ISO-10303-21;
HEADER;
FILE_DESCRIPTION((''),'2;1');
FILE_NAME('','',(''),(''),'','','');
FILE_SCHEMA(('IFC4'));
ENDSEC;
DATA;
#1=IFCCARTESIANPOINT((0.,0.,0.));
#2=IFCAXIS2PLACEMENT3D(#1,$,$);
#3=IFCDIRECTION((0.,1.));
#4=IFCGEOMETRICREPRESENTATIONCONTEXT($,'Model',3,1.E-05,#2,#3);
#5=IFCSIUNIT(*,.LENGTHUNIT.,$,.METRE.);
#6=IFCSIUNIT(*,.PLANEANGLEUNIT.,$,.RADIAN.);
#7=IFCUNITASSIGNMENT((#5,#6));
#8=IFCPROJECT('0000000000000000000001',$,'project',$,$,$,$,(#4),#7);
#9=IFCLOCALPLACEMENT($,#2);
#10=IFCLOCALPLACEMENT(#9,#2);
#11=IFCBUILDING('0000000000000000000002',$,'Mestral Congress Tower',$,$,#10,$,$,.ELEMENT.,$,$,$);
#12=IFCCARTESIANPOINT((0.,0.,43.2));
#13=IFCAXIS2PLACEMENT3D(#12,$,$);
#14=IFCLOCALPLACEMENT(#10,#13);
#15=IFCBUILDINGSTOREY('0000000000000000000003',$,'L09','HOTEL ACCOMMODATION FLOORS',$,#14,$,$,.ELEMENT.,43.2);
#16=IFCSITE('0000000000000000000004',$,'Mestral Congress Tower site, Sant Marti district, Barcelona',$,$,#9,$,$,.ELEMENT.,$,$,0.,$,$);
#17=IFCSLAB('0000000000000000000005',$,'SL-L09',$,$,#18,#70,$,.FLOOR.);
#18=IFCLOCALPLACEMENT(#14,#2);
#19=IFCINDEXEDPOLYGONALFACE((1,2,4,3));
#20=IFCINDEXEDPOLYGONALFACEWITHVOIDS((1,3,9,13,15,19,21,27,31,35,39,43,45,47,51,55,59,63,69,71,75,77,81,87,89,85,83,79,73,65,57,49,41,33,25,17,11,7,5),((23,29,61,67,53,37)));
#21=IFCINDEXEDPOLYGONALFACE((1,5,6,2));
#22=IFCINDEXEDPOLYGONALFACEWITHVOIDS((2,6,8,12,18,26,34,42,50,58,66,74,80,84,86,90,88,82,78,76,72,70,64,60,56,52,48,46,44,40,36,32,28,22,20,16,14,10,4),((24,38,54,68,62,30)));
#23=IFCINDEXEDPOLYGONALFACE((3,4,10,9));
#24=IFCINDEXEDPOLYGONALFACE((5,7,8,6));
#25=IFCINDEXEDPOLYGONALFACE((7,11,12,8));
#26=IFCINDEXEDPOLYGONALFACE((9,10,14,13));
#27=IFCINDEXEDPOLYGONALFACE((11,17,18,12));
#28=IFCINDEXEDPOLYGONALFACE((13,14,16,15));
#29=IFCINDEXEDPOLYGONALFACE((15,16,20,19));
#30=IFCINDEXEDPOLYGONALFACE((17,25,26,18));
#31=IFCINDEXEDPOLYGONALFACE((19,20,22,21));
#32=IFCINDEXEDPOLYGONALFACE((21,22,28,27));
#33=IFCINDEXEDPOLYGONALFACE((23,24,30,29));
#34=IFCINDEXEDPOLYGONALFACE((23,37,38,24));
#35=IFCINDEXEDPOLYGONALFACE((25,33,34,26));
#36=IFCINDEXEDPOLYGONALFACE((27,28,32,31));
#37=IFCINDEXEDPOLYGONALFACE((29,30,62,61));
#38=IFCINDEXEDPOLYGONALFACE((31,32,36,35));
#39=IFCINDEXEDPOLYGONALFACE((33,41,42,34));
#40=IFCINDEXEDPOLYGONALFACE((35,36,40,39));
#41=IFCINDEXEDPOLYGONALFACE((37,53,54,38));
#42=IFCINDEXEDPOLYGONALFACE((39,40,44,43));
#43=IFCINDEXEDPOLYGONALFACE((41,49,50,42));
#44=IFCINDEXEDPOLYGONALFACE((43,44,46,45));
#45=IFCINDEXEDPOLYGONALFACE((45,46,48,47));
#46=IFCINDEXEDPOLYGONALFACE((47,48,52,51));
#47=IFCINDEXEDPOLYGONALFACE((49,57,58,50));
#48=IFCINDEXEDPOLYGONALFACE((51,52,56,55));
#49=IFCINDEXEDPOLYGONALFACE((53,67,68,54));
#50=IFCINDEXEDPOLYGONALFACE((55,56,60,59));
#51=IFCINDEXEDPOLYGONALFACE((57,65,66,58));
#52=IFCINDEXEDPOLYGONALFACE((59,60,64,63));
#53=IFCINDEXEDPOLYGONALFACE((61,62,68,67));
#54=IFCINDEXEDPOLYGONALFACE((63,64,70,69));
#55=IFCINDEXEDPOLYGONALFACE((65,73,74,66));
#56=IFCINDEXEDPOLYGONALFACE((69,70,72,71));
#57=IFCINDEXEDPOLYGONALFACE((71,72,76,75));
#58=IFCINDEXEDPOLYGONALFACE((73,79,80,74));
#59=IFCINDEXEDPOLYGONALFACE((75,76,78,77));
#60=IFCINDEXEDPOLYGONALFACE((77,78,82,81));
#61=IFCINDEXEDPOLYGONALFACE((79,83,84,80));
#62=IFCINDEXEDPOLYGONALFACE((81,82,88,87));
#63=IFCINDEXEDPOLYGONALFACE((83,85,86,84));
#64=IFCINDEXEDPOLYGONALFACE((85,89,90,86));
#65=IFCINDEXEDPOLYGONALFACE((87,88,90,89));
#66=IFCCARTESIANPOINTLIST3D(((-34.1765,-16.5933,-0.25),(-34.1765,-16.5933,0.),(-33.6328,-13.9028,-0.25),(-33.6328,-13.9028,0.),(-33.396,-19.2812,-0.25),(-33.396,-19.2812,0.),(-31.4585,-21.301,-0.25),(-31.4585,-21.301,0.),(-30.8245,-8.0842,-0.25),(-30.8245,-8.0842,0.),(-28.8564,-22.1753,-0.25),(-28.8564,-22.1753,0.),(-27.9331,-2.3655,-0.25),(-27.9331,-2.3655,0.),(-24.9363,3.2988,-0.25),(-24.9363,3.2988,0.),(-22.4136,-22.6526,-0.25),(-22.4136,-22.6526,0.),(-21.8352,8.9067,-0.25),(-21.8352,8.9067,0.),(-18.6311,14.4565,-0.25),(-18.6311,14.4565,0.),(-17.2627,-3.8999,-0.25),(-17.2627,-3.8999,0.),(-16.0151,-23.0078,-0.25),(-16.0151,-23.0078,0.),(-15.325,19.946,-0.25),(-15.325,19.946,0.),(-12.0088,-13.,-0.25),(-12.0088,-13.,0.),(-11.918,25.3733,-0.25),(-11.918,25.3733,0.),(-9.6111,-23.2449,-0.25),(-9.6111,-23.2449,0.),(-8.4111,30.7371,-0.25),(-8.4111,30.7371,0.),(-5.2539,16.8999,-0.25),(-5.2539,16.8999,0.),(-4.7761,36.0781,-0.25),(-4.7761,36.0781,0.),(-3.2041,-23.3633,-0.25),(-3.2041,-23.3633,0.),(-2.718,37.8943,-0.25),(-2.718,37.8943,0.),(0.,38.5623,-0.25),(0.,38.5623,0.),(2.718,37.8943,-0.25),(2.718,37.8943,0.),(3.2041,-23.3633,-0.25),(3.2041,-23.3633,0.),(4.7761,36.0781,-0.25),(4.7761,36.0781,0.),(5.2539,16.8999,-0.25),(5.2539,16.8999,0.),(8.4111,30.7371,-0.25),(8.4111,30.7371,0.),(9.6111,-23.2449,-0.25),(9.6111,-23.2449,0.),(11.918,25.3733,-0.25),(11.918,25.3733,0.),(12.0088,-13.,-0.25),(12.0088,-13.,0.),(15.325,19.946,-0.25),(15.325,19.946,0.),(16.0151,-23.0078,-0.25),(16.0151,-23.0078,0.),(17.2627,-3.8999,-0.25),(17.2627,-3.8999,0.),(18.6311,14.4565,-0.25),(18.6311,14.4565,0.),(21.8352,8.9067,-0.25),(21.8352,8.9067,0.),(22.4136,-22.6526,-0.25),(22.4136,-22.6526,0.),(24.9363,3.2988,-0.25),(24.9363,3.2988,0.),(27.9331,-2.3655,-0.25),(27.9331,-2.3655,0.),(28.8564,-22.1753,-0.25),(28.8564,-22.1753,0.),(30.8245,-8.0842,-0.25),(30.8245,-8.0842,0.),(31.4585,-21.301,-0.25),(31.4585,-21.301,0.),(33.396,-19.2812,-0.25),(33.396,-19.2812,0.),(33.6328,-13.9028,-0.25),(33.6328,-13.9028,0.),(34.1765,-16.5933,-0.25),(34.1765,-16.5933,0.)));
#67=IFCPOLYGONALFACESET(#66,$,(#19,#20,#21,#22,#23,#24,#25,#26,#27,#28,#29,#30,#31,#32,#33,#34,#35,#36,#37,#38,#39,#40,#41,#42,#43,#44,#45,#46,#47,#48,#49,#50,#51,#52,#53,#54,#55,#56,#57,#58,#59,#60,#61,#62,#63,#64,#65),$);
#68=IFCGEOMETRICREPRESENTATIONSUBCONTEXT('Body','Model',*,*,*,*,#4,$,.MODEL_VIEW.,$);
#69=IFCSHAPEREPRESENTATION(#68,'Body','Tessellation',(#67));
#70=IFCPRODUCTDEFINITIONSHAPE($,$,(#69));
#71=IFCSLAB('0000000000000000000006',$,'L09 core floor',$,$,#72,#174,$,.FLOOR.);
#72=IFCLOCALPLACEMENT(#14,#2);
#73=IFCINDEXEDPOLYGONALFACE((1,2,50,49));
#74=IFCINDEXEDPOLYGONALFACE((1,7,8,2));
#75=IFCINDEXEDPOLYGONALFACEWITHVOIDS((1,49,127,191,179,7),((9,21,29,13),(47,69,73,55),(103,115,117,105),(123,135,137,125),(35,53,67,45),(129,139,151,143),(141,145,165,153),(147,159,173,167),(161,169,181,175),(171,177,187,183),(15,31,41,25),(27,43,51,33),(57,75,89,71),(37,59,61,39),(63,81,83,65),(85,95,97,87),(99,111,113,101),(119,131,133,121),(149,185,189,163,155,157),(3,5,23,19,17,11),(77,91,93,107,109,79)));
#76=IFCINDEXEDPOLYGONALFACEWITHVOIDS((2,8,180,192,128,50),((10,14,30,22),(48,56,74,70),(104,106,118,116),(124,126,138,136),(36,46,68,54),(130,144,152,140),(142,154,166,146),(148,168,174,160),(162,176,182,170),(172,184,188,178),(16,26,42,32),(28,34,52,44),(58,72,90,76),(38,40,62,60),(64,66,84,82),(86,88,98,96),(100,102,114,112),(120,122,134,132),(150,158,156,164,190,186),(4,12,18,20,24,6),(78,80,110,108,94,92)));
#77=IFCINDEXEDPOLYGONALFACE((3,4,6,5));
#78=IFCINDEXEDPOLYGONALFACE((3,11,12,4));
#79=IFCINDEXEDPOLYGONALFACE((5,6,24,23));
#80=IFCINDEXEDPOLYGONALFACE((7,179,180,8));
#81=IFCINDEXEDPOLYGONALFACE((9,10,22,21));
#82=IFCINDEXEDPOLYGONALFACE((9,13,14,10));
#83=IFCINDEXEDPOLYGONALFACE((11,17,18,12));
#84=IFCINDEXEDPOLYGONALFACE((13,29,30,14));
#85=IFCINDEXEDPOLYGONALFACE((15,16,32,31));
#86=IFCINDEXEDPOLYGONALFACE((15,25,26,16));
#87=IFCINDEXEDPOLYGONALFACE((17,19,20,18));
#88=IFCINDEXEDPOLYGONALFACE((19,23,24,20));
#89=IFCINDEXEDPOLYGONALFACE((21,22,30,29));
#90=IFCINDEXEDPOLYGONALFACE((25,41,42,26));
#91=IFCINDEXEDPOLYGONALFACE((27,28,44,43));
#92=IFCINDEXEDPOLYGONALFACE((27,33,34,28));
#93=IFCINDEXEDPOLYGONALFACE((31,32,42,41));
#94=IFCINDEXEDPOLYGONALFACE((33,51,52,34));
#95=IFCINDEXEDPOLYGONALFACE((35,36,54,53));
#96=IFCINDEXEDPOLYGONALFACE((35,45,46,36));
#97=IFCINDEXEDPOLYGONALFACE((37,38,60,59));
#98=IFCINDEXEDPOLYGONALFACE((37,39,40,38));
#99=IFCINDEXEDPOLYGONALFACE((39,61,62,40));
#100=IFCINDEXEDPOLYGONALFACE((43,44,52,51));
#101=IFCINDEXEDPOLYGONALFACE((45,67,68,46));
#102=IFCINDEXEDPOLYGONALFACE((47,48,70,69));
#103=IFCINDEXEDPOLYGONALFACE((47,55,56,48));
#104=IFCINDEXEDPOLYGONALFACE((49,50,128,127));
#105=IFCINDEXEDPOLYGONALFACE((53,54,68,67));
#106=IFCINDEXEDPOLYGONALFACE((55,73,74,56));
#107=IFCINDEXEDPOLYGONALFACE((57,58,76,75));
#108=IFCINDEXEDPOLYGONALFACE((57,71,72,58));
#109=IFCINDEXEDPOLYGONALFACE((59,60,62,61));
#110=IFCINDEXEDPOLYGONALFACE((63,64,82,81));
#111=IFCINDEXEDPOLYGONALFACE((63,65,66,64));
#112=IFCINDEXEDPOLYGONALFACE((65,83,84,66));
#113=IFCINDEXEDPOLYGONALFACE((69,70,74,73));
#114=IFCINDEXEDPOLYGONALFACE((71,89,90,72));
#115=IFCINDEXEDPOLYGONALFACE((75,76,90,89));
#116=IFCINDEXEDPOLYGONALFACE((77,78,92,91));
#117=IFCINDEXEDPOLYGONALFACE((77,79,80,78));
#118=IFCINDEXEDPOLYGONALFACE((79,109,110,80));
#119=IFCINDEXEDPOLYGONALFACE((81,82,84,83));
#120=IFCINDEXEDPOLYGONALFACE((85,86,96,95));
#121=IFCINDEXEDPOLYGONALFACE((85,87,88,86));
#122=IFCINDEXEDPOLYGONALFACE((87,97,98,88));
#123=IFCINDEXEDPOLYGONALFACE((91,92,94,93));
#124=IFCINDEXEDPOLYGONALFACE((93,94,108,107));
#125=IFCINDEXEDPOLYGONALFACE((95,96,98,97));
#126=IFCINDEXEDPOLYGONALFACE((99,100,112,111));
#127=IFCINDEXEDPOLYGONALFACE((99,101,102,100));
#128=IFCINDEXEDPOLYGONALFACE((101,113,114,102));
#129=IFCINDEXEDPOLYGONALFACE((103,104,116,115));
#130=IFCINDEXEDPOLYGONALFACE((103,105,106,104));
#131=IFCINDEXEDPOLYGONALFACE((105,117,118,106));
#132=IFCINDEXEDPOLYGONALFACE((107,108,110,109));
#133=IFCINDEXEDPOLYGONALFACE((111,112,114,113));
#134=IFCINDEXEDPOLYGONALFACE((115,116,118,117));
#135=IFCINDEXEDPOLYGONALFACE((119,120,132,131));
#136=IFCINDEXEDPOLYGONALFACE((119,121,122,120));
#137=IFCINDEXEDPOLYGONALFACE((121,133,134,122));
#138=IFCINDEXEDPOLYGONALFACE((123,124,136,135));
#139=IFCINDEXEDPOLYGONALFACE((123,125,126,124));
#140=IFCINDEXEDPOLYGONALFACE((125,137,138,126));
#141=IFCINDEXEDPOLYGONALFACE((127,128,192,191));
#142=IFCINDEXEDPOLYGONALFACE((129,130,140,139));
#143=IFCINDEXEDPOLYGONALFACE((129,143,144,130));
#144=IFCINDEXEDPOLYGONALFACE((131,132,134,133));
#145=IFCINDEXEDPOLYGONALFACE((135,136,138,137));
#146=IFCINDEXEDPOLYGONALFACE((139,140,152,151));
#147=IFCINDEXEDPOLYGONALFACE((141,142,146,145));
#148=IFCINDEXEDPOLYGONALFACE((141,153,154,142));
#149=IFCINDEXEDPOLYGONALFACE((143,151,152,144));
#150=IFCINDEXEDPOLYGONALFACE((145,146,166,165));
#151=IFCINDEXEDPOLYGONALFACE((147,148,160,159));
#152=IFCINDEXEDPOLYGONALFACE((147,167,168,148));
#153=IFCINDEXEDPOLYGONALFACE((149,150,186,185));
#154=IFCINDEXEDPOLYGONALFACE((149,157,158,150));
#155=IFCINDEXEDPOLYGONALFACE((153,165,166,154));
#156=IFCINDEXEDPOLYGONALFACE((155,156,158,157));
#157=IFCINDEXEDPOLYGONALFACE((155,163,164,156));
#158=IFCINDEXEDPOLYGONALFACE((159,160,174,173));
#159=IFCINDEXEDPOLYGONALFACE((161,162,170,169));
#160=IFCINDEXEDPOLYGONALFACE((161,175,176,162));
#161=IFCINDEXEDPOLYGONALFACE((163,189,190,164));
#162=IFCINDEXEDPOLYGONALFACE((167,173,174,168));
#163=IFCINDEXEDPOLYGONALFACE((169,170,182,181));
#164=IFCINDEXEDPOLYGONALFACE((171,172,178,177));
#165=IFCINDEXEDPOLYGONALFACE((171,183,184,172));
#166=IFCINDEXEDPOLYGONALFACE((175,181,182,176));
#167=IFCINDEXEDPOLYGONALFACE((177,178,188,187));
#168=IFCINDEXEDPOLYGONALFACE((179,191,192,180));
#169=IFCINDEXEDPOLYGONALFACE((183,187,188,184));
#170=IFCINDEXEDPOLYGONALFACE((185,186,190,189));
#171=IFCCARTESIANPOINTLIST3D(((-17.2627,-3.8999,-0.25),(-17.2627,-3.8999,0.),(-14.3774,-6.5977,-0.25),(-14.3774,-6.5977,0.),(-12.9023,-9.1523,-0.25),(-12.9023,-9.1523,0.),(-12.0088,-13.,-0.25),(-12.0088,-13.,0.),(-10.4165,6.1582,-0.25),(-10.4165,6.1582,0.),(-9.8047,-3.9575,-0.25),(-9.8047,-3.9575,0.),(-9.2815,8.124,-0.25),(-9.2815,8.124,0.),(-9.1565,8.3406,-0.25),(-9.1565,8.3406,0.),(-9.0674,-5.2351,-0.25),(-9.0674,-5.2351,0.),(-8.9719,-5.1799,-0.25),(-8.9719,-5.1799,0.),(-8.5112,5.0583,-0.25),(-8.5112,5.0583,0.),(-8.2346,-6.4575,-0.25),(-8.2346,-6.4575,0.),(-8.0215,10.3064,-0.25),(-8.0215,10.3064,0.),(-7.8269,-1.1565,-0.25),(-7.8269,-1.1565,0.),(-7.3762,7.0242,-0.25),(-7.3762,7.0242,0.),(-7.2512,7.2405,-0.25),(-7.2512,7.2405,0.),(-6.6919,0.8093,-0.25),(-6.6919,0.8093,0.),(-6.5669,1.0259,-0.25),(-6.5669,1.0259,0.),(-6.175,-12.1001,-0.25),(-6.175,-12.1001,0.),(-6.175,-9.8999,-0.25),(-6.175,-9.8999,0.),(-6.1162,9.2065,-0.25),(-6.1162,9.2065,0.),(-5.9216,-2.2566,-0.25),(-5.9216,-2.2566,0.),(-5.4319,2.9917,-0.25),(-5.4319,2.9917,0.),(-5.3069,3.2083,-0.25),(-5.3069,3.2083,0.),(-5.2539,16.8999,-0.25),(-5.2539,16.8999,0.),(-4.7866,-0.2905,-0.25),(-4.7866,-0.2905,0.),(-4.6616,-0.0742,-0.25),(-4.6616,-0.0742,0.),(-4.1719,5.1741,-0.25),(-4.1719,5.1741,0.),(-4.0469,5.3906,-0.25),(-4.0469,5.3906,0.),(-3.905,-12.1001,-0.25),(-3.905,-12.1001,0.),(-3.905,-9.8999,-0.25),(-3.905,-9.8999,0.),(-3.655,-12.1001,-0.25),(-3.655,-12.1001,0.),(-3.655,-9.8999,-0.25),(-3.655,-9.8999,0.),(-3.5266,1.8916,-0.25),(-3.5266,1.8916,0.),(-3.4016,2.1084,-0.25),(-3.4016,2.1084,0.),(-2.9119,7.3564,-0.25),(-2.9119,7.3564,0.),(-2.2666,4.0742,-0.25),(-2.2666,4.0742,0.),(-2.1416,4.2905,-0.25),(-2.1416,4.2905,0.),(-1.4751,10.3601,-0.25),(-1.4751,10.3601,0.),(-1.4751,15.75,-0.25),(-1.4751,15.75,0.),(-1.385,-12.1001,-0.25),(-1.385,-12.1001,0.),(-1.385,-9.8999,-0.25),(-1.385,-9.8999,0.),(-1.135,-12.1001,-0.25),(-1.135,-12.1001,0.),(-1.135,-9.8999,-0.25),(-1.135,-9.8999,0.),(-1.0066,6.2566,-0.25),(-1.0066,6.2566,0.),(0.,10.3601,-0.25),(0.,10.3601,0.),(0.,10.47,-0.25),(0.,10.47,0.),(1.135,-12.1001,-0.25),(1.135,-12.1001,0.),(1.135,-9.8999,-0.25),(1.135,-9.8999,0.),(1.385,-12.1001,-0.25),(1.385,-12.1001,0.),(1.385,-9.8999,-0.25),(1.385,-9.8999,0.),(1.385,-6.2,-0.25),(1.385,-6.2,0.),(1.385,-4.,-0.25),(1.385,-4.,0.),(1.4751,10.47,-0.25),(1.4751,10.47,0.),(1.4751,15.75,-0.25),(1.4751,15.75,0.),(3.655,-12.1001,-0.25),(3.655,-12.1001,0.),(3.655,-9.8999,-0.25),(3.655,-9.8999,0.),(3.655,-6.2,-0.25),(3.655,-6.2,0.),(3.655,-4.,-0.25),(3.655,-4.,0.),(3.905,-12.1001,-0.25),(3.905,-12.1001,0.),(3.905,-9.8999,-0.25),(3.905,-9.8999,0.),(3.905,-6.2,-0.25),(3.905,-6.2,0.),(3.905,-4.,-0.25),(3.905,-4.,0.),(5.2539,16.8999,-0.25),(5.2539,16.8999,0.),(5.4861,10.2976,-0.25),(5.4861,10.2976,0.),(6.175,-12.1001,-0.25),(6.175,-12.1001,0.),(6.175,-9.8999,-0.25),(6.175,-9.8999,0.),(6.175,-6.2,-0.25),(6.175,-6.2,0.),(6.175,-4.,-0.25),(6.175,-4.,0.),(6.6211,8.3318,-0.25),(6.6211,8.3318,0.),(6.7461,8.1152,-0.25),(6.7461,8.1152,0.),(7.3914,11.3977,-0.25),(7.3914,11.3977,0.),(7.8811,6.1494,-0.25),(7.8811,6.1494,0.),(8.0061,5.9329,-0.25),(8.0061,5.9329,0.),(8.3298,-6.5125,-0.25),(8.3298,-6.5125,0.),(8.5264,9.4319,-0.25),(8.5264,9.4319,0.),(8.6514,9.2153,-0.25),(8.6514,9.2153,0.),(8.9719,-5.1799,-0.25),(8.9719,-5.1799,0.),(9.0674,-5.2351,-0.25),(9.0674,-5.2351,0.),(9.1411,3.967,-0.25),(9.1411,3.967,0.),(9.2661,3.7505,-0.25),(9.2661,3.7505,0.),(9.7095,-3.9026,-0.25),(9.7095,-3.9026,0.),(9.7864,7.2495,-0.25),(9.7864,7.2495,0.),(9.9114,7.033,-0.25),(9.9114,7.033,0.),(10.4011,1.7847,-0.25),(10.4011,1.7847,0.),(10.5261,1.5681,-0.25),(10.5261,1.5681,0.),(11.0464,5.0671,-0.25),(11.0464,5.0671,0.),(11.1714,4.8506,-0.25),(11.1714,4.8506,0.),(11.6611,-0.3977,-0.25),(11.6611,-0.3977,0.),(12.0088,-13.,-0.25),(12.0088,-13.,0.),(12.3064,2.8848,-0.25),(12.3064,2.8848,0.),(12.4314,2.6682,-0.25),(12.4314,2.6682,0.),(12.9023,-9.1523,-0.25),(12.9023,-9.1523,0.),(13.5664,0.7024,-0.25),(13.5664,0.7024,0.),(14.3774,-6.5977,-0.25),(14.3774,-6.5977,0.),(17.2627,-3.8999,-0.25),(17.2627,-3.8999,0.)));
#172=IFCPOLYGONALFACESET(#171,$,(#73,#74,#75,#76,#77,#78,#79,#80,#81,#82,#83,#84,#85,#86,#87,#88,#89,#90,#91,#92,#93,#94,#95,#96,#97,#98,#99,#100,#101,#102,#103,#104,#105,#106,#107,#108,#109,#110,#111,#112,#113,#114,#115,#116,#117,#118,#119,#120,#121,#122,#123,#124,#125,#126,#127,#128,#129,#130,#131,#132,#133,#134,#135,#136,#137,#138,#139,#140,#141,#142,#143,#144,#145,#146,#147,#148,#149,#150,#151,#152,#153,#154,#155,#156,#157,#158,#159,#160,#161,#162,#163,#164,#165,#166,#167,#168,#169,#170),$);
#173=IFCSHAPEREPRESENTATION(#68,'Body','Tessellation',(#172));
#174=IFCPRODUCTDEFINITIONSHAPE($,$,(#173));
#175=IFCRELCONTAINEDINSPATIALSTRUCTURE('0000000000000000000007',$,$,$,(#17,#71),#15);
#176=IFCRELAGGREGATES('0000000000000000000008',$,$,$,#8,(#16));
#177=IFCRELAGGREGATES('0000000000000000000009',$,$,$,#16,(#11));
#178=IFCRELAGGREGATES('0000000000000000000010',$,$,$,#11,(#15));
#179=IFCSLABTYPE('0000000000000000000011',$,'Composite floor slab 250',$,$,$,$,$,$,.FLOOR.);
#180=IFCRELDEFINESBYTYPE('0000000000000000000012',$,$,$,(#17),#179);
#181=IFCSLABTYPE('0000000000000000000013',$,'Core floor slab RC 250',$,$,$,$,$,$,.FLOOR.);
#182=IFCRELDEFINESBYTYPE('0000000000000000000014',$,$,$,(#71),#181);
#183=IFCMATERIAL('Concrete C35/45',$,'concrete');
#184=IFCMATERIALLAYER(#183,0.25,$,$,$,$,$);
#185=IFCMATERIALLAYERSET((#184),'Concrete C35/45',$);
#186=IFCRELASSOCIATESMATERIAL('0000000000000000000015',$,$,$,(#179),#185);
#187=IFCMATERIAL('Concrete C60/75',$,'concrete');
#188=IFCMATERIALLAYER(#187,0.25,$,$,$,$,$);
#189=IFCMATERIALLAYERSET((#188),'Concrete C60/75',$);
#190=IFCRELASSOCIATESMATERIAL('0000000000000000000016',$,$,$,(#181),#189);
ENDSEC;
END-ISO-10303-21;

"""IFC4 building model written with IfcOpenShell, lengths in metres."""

from ifc_helpers import new_model, si_unit, direction, frame, origin, place, context, subcontext, project, spatial, polyline, outline, extrude, material, layer, layer_set, type_object, element, save


model = new_model("IFC4")

# Units and contexts
model_context = context("Model", 3, precision=1e-05, world=origin(), true_north=direction((0.0, 1.0)))
body_context = subcontext(model_context, "Body", "Model", "MODEL_VIEW")
ifc_project = project(units=[si_unit("LENGTHUNIT", "METRE"), si_unit("PLANEANGLEUNIT", "RADIAN")], contexts=[model_context])

# Site, building, storey
site_placement = place(None, origin())
site = spatial("IfcSite", under=ifc_project, at=site_placement, Name="Mestral Congress Tower site, Sant Marti district, Barcelona", CompositionType="ELEMENT", RefElevation=0.0)
building_placement = place(site_placement, origin())
building = spatial("IfcBuilding", under=site, at=building_placement, Name="Mestral Congress Tower", CompositionType="ELEMENT")
storey_placement = place(building_placement, frame((0.0, 0.0, 43.2)))
storey = spatial("IfcBuildingStorey", under=building, at=storey_placement, Name="L09", Description="HOTEL ACCOMMODATION FLOORS", CompositionType="ELEMENT", Elevation=43.2)

# Slabs
ifc_material_1 = material(Name="Concrete C35/45", Category="concrete")
ifc_layer_1 = layer(ifc_material_1, 0.25)
ifc_layer_set_1 = layer_set([ifc_layer_1], Name="Concrete C35/45")
slab_type_1 = type_object("IfcSlabType", Name="Composite floor slab 250", PredefinedType="FLOOR", material=ifc_layer_set_1)
placement_1 = place(storey_placement, frame((0.0, 0.0, -0.25)))
element("IfcSlab", 1, at=placement_1, inside=storey, type_object=slab_type_1, Name="SL-L09", PredefinedType="FLOOR", context=body_context, shape_type="SweptSolid", body=[
    extrude(outline(polyline([(-28.8564, -22.1753), (-31.4585, -21.301), (-33.396, -19.2812), (-34.1765, -16.5933), (-33.6328, -13.9028), (-30.8245, -8.0842), (-27.9331, -2.3655), (-24.9363, 3.2988), (-21.8352, 8.9067), (-18.6311, 14.4565), (-15.325, 19.946), (-11.918, 25.3733), (-8.4111, 30.7371), (-4.7761, 36.0781), (-2.718, 37.8943), (0.0, 38.5623), (2.718, 37.8943), (4.7761, 36.0781), (8.4111, 30.7371), (11.918, 25.3733), (15.325, 19.946), (18.6311, 14.4565), (21.8352, 8.9067), (24.9363, 3.2988), (27.9331, -2.3655), (30.8245, -8.0842), (33.6328, -13.9028), (34.1765, -16.5933), (33.396, -19.2812), (31.4585, -21.301), (28.8564, -22.1753), (22.4136, -22.6526), (16.0151, -23.0078), (9.6111, -23.2449), (3.2041, -23.3633), (-3.2041, -23.3633), (-9.6111, -23.2449), (-16.0151, -23.0078), (-22.4136, -22.6526), (-28.8564, -22.1753)]), holes=[polyline([(-5.2539, 16.8999), (-17.2627, -3.8999), (-12.0088, -13.0), (12.0088, -13.0), (17.2627, -3.8999), (5.2539, 16.8999), (-5.2539, 16.8999)])]), origin(), (0.0, 0.0, 1.0), 0.25),
])
ifc_material_2 = material(Name="Concrete C60/75", Category="concrete")
ifc_layer_2 = layer(ifc_material_2, 0.25)
ifc_layer_set_2 = layer_set([ifc_layer_2], Name="Concrete C60/75")
slab_type_2 = type_object("IfcSlabType", Name="Core floor slab RC 250", PredefinedType="FLOOR", material=ifc_layer_set_2)
element("IfcSlab", 2, at=placement_1, inside=storey, type_object=slab_type_2, Name="L09 core floor", PredefinedType="FLOOR", context=body_context, shape_type="SweptSolid", body=[
    extrude(outline(polyline([(12.0088, -13.0), (-12.0088, -13.0), (-17.2627, -3.8999), (-5.2539, 16.8999), (5.2539, 16.8999), (17.2627, -3.8999), (12.0088, -13.0)]), holes=[polyline([(-3.905, -9.8999), (-6.175, -9.8999), (-6.175, -12.1001), (-3.905, -12.1001), (-3.905, -9.8999)]), polyline([(-1.385, -9.8999), (-3.655, -9.8999), (-3.655, -12.1001), (-1.385, -12.1001), (-1.385, -9.8999)]), polyline([(1.135, -9.8999), (-1.135, -9.8999), (-1.135, -12.1001), (1.135, -12.1001), (1.135, -9.8999)]), polyline([(-9.0674, -5.2351), (-9.8047, -3.9575), (-14.3774, -6.5977), (-12.9023, -9.1523), (-8.2346, -6.4575), (-8.9719, -5.1799), (-9.0674, -5.2351)]), polyline([(-7.8269, -1.1565), (-5.9216, -2.2566), (-4.7866, -0.2905), (-6.6919, 0.8093), (-7.8269, -1.1565)]), polyline([(-4.6616, -0.0742), (-3.5266, 1.8916), (-5.4319, 2.9917), (-6.5669, 1.0259), (-4.6616, -0.0742)]), polyline([(-3.4016, 2.1084), (-2.2666, 4.0742), (-4.1719, 5.1741), (-5.3069, 3.2083), (-3.4016, 2.1084)]), polyline([(-2.1416, 4.2905), (-1.0066, 6.2566), (-2.9119, 7.3564), (-4.0469, 5.3906), (-2.1416, 4.2905)]), polyline([(-10.4165, 6.1582), (-8.5112, 5.0583), (-7.3762, 7.0242), (-9.2815, 8.124), (-10.4165, 6.1582)]), polyline([(-9.1565, 8.3406), (-7.2512, 7.2405), (-6.1162, 9.2065), (-8.0215, 10.3064), (-9.1565, 8.3406)]), polyline([(1.4751, 10.47), (1.4751, 15.75), (-1.4751, 15.75), (-1.4751, 10.3601), (0.0, 10.3601), (0.0, 10.47), (1.4751, 10.47)]), polyline([(3.655, -9.8999), (1.385, -9.8999), (1.385, -12.1001), (3.655, -12.1001), (3.655, -9.8999)]), polyline([(6.175, -9.8999), (3.905, -9.8999), (3.905, -12.1001), (6.175, -12.1001), (6.175, -9.8999)]), polyline([(9.0674, -5.2351), (8.3298, -6.5125), (12.9023, -9.1523), (14.3774, -6.5977), (9.7095, -3.9026), (8.9719, -5.1799), (9.0674, -5.2351)]), polyline([(3.655, -6.2), (3.655, -4.0), (1.385, -4.0), (1.385, -6.2), (3.655, -6.2)]), polyline([(6.175, -4.0), (3.905, -4.0), (3.905, -6.2), (6.175, -6.2), (6.175, -4.0)]), polyline([(12.4314, 2.6682), (10.5261, 1.5681), (11.6611, -0.3977), (13.5664, 0.7024), (12.4314, 2.6682)]), polyline([(11.1714, 4.8506), (9.2661, 3.7505), (10.4011, 1.7847), (12.3064, 2.8848), (11.1714, 4.8506)]), polyline([(8.0061, 5.9329), (9.1411, 3.967), (11.0464, 5.0671), (9.9114, 7.033), (8.0061, 5.9329)]), polyline([(8.6514, 9.2153), (6.7461, 8.1152), (7.8811, 6.1494), (9.7864, 7.2495), (8.6514, 9.2153)]), polyline([(7.3914, 11.3977), (5.4861, 10.2976), (6.6211, 8.3318), (8.5264, 9.4319), (7.3914, 11.3977)])]), origin(), (0.0, 0.0, 1.0), 0.25),
])

save(model, "model.ifc")
